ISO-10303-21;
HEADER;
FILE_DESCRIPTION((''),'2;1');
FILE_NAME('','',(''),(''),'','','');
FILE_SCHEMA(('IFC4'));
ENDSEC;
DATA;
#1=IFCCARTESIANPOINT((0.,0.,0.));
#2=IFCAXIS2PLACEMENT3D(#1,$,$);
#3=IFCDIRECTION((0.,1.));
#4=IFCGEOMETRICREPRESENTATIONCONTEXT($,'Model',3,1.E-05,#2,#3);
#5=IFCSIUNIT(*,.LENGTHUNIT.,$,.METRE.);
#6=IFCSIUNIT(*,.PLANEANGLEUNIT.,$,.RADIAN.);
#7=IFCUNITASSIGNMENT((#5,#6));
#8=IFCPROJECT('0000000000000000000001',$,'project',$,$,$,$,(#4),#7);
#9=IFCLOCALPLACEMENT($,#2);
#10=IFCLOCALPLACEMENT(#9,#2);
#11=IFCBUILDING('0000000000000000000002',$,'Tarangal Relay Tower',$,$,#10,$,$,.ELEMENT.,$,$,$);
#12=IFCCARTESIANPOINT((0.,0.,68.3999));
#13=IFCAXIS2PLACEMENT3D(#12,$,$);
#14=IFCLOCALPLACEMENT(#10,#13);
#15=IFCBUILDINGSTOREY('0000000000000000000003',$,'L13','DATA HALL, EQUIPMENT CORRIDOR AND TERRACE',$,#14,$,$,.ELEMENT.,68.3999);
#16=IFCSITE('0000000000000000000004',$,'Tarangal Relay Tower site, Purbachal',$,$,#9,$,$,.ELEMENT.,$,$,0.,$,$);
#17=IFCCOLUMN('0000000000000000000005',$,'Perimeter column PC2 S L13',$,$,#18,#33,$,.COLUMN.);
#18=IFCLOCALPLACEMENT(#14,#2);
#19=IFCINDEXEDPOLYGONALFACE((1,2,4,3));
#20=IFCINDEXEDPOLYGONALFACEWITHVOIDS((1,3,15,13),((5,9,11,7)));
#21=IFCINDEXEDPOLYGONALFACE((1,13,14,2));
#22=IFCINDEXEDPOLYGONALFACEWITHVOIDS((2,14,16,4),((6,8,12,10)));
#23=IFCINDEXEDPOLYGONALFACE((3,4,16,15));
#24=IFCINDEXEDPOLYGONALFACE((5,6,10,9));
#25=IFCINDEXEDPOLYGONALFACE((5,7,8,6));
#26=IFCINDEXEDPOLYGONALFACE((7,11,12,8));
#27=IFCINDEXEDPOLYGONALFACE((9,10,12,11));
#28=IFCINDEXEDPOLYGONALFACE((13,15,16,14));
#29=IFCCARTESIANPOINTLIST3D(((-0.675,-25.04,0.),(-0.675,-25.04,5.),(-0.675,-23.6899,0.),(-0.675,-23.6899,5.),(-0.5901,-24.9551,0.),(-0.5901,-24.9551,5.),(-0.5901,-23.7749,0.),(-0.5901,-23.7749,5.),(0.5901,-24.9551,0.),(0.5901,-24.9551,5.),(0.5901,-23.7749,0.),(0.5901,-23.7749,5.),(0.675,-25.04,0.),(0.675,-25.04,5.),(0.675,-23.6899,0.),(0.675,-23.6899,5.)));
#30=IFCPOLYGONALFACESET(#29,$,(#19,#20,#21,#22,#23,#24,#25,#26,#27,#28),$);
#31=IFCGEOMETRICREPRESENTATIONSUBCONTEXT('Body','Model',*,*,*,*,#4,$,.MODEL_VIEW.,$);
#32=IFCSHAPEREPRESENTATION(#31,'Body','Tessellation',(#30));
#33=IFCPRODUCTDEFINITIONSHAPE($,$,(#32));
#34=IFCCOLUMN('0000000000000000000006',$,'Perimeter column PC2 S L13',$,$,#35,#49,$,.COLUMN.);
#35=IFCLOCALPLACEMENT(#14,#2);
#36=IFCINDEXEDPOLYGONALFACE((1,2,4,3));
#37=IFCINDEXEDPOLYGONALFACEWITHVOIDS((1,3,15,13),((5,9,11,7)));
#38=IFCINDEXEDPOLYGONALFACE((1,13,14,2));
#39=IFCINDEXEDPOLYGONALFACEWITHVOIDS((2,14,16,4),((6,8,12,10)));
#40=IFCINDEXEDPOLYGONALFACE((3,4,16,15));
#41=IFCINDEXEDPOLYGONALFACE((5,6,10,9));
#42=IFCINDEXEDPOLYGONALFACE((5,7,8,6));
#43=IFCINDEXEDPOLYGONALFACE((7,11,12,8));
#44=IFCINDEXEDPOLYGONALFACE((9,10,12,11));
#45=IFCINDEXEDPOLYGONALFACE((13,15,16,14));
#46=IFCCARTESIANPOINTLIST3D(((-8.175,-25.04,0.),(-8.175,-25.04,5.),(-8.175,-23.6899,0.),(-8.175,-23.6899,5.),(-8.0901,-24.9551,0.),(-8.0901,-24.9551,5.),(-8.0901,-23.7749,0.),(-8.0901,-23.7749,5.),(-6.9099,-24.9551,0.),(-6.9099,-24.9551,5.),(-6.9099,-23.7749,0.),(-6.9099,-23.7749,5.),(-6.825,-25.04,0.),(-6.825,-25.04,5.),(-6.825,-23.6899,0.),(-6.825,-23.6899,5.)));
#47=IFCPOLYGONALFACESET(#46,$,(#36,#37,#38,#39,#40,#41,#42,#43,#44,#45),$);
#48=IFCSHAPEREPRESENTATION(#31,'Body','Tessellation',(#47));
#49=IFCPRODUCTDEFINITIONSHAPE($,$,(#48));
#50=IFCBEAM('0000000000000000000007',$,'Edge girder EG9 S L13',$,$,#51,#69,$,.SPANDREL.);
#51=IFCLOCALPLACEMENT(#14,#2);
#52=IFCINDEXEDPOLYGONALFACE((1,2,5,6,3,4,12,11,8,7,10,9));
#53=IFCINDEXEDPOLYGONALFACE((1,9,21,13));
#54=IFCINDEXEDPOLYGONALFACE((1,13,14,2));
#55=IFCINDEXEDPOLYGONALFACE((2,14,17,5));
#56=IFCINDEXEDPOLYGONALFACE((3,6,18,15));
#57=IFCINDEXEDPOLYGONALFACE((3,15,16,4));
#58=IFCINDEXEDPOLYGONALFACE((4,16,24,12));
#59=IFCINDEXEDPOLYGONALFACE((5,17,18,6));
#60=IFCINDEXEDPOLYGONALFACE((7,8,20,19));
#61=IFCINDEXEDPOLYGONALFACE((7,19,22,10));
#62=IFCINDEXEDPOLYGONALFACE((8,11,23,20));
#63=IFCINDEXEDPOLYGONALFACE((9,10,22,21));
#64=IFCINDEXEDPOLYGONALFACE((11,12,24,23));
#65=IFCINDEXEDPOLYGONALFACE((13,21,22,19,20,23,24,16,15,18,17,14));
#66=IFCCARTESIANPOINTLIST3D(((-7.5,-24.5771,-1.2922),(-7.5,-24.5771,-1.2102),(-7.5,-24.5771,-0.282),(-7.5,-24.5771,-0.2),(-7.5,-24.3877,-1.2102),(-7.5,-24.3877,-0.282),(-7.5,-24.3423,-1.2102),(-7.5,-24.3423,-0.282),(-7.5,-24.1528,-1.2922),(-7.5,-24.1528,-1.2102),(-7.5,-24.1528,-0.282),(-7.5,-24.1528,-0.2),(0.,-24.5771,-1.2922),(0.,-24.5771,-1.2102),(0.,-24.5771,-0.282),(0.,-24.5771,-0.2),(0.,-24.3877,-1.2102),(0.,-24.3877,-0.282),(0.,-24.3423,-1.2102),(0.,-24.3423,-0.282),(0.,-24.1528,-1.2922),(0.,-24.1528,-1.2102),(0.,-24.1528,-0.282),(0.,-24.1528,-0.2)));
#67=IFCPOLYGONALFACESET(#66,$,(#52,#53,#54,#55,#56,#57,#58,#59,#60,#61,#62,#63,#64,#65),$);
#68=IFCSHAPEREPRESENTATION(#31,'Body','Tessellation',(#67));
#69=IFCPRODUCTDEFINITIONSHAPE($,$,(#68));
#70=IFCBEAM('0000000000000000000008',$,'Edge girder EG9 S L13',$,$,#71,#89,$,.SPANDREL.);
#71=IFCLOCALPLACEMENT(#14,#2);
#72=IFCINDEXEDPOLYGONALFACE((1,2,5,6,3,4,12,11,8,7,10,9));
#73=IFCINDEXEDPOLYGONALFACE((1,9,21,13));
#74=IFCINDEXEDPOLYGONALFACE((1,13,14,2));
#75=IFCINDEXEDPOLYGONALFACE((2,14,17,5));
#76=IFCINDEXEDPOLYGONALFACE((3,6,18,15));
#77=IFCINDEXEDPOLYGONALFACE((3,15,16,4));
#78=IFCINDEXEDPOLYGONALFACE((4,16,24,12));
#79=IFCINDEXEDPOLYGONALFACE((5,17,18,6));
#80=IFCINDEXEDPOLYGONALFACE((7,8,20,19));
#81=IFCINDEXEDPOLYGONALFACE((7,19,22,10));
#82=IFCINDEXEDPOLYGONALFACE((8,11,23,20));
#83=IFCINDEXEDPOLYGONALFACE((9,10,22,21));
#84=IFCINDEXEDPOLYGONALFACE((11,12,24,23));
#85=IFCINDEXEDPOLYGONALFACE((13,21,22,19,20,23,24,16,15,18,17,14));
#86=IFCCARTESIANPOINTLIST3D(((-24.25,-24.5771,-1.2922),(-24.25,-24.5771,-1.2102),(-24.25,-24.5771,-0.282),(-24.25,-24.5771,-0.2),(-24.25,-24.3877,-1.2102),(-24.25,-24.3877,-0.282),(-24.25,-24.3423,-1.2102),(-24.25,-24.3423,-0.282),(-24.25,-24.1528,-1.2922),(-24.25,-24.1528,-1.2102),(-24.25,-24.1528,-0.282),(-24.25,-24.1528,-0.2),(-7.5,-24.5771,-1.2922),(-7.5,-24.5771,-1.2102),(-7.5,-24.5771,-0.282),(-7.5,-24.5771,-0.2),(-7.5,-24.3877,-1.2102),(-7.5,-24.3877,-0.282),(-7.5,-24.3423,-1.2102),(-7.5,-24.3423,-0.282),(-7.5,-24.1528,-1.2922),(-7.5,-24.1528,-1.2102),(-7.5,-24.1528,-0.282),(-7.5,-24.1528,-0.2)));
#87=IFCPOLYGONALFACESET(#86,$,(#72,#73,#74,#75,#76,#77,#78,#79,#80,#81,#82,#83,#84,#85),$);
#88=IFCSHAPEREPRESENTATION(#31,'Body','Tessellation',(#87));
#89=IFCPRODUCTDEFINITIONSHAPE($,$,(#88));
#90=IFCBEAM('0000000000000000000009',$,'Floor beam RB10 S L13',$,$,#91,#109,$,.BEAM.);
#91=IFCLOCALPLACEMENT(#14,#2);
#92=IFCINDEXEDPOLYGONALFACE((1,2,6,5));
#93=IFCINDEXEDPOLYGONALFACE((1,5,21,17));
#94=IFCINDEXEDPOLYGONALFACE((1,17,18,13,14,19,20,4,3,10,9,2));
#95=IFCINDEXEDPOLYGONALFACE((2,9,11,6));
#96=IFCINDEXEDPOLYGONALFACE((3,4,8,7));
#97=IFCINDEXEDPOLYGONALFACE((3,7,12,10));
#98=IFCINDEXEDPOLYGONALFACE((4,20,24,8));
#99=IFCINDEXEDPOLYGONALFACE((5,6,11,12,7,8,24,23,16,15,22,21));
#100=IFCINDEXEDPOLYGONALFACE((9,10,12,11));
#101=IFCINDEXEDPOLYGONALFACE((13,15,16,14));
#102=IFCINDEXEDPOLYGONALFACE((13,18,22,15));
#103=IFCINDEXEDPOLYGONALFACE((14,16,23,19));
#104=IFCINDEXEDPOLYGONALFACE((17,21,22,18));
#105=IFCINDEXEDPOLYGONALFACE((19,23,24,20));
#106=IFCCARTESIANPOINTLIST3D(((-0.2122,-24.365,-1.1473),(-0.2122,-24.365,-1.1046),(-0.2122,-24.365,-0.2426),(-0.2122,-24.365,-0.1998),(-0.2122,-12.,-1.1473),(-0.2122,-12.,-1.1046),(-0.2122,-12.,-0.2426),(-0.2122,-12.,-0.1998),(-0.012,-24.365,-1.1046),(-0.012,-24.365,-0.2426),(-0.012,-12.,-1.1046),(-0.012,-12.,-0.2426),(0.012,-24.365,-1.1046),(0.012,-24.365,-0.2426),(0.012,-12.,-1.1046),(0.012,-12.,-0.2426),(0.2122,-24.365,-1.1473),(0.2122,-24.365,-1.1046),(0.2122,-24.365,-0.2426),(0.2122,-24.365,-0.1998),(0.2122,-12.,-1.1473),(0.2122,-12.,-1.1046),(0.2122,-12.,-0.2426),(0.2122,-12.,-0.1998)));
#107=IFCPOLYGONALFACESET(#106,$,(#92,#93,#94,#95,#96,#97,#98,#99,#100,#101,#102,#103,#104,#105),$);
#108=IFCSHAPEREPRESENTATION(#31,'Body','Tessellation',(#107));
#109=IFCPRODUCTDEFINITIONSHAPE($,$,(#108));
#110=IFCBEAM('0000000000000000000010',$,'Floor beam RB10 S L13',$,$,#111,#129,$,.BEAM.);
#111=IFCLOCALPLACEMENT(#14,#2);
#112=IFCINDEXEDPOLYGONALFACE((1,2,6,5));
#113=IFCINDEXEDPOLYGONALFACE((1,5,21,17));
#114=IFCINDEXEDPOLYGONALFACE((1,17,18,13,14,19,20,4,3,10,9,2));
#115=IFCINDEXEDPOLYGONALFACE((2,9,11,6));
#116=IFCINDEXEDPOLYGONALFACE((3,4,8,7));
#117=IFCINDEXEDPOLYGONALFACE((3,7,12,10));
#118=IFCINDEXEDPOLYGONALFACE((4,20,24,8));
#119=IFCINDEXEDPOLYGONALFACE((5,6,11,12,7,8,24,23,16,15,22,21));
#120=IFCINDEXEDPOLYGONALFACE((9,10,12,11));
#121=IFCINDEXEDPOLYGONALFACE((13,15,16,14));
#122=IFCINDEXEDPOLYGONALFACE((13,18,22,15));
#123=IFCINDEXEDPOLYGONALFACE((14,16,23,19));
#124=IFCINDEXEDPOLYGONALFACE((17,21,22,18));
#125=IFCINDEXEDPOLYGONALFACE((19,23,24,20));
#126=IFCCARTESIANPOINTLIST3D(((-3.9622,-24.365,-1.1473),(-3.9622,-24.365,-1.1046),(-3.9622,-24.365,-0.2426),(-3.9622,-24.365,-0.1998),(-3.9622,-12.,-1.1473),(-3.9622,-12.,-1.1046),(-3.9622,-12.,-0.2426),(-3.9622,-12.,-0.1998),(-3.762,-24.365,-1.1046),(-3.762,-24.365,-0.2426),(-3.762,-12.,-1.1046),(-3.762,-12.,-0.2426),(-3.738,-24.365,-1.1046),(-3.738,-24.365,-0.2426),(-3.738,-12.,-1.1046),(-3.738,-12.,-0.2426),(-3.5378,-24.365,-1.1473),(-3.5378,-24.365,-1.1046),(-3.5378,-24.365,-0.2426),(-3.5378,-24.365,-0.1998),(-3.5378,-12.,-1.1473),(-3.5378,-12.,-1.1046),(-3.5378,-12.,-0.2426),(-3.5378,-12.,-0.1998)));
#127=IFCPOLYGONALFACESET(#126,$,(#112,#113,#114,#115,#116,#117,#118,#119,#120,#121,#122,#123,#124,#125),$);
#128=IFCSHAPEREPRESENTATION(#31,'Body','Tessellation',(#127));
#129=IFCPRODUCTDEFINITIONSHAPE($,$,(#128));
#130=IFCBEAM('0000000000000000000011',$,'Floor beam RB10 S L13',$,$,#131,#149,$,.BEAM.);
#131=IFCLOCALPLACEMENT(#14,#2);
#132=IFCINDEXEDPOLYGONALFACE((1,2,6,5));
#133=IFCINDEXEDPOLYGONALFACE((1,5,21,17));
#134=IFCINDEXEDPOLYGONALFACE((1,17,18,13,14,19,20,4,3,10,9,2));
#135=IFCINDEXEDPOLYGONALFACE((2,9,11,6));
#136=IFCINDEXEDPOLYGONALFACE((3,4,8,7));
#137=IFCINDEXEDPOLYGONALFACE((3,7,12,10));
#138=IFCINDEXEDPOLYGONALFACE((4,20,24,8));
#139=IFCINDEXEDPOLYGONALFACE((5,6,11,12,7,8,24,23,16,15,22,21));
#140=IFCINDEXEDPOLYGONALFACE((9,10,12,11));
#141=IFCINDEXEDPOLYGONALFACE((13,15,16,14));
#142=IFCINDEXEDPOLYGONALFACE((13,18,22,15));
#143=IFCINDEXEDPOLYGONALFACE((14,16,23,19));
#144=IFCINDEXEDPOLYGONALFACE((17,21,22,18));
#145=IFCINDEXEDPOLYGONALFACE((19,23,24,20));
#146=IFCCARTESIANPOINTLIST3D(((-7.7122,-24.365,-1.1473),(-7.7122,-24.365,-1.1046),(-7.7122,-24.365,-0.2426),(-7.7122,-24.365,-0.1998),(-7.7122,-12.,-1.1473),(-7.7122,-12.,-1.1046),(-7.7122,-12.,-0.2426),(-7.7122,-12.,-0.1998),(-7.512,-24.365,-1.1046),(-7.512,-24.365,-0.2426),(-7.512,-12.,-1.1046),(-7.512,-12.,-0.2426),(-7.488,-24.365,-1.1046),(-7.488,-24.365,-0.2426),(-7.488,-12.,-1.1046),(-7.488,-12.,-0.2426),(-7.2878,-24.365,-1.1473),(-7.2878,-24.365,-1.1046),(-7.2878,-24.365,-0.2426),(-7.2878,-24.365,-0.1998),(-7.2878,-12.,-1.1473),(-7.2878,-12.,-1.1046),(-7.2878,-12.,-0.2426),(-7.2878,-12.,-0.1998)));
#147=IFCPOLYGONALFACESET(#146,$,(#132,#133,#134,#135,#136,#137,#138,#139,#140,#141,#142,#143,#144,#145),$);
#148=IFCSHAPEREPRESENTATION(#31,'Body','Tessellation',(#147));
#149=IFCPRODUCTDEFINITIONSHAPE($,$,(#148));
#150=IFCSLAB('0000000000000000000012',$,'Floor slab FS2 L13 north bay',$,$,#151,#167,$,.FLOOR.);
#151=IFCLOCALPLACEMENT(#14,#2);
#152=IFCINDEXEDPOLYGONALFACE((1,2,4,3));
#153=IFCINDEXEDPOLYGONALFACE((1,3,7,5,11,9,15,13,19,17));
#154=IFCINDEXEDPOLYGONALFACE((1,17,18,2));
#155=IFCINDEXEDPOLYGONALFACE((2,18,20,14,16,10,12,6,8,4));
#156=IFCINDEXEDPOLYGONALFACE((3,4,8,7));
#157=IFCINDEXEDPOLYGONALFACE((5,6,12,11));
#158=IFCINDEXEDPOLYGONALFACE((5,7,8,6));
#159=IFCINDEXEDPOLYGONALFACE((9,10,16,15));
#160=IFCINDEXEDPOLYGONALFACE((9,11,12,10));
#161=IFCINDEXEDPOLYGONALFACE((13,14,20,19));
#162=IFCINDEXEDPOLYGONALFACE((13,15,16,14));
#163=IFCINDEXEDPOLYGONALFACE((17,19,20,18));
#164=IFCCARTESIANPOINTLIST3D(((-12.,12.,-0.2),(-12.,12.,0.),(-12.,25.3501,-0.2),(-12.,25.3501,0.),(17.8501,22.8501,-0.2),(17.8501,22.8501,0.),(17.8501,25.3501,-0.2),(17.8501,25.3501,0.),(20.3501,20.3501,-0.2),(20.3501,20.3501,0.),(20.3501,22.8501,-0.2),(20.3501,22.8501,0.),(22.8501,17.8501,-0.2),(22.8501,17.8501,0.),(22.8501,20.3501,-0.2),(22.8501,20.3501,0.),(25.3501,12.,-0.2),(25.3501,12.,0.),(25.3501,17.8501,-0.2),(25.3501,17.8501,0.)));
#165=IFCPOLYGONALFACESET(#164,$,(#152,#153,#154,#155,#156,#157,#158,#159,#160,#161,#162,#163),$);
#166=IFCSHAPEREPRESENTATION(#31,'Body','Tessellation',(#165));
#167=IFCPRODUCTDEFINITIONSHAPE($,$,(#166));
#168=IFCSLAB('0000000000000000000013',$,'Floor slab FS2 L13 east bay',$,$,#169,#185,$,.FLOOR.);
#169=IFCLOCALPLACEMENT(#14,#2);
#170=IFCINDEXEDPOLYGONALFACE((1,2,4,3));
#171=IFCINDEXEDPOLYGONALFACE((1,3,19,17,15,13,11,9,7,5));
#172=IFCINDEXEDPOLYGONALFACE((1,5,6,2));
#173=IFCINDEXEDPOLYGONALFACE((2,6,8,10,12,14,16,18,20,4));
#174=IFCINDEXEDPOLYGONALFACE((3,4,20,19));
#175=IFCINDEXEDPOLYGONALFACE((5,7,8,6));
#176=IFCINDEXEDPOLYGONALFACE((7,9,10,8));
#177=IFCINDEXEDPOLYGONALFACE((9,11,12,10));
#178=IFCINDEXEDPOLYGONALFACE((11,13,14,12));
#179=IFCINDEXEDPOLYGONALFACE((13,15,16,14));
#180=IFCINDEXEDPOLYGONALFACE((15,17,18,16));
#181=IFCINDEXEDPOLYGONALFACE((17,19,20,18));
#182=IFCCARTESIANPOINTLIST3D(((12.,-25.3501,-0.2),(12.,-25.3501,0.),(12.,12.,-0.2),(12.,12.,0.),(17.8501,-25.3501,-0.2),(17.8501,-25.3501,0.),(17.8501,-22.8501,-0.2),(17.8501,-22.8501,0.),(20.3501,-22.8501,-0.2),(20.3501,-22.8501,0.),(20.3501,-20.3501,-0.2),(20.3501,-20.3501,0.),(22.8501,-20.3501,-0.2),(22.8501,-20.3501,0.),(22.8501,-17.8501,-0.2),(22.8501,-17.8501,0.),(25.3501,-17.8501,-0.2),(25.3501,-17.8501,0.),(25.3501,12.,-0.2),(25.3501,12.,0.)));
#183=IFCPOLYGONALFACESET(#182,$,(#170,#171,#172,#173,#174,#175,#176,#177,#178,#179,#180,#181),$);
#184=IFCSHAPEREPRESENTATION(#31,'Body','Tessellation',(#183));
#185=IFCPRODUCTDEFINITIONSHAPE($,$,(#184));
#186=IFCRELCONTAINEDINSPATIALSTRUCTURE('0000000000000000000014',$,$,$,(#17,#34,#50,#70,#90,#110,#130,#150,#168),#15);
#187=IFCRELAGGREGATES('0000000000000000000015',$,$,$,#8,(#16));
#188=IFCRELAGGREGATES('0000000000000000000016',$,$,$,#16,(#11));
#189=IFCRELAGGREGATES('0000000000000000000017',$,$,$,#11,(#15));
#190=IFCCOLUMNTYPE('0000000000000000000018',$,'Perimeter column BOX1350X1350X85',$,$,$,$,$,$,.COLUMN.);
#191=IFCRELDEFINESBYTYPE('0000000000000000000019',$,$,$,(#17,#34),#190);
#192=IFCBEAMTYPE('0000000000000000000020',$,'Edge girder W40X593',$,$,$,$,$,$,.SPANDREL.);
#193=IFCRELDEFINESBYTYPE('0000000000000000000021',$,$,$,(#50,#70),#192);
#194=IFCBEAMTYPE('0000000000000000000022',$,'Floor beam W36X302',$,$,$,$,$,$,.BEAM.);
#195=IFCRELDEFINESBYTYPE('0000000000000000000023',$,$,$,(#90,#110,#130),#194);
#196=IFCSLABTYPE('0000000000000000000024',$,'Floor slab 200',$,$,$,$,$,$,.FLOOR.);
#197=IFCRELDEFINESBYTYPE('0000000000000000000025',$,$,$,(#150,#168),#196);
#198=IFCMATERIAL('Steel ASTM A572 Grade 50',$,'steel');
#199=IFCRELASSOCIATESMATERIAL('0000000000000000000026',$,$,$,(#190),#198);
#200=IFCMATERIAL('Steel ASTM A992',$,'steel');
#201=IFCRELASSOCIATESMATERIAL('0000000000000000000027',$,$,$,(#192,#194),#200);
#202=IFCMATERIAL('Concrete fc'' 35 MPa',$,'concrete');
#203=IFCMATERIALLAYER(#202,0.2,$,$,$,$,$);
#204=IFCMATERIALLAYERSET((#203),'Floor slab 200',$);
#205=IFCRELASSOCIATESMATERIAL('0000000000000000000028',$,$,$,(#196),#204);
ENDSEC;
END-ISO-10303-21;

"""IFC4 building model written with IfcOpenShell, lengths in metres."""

from ifc_helpers import new_model, si_unit, direction, frame, origin, origin_2d, place, context, subcontext, project, spatial, polyline, hollow_rectangle, i_section, outline, extrude, material, layer, layer_set, material_profile, profile_set, type_object, element, save


model = new_model("IFC4")

# Units and contexts
model_context = context("Model", 3, precision=1e-05, world=origin(), true_north=direction((0.0, 1.0)))
body_context = subcontext(model_context, "Body", "Model", "MODEL_VIEW")
ifc_project = project(units=[si_unit("LENGTHUNIT", "METRE"), si_unit("PLANEANGLEUNIT", "RADIAN")], contexts=[model_context])

# Site, building, storey
site_placement = place(None, origin())
site = spatial("IfcSite", under=ifc_project, at=site_placement, Name="Tarangal Relay Tower site, Purbachal", CompositionType="ELEMENT", RefElevation=0.0)
building_placement = place(site_placement, origin())
building = spatial("IfcBuilding", under=site, at=building_placement, Name="Tarangal Relay Tower", CompositionType="ELEMENT")
storey_placement = place(building_placement, frame((0.0, 0.0, 68.3999)))
storey = spatial("IfcBuildingStorey", under=building, at=storey_placement, Name="L13", Description="DATA HALL, EQUIPMENT CORRIDOR AND TERRACE", CompositionType="ELEMENT", Elevation=68.3999)

# Columns
ifc_material_1 = material(Name="Steel ASTM A572 Grade 50", Category="steel")
ifc_material_profile_1 = material_profile(ifc_material_1, hollow_rectangle(XDim=1.3501, YDim=1.3501, WallThickness=0.085, at=origin_2d()), Name="BOX1350X1350X85")
ifc_profile_set_1 = profile_set([ifc_material_profile_1], Name="Steel ASTM A572 Grade 50")
column_type = type_object("IfcColumnType", Name="Perimeter column BOX1350X1350X85", PredefinedType="COLUMN", material=ifc_profile_set_1)
for number, where, z_axis, x_axis, name in (
    (1, (0.0, -24.365, 0.0), (0.0, 0.0, 1.0), (1.0, 0.0, 0.0), "Perimeter column PC2 S L13"),
    (2, (-7.5, -24.365, 0.0), (0.0, 0.0, 1.0), (1.0, 0.0, 0.0), "Perimeter column PC2 S L13"),
):
    element("IfcColumn", number, at=place(storey_placement, frame(where, z_axis=z_axis, x_axis=x_axis)), inside=storey, type_object=column_type, Name=name, PredefinedType="COLUMN", context=body_context, shape_type="SweptSolid", body=[
        extrude(hollow_rectangle(XDim=1.3501, YDim=1.3501, WallThickness=0.085, at=origin_2d()), origin(), (0.0, 0.0, 1.0), 5.0),
    ])

# Beams
ifc_material_2 = material(Name="Steel ASTM A992", Category="steel")
ifc_material_profile_2 = material_profile(ifc_material_2, i_section(OverallWidth=0.4243, OverallDepth=1.0923, WebThickness=0.0454, FlangeThickness=0.082, at=origin_2d()), Name="W40X593")
ifc_profile_set_2 = profile_set([ifc_material_profile_2], Name="Steel ASTM A992")
beam_type_1 = type_object("IfcBeamType", Name="Edge girder W40X593", PredefinedType="SPANDREL", material=ifc_profile_set_2)
beam_1_placement = place(storey_placement, frame((0.0, -24.365, -0.7461), z_axis=(-1.0, 0.0, 0.0), x_axis=(0.0, -1.0, 0.0)))
element("IfcBeam", 3, at=beam_1_placement, inside=storey, type_object=beam_type_1, Name="Edge girder EG9 S L13", PredefinedType="SPANDREL", context=body_context, shape_type="SweptSolid", body=[
    extrude(i_section(OverallWidth=0.4243, OverallDepth=1.0923, WebThickness=0.0454, FlangeThickness=0.082, at=origin_2d()), origin(), (0.0, 0.0, 1.0), 7.5),
])
beam_2_placement = place(storey_placement, frame((-7.5, -24.365, -0.7461), z_axis=(-1.0, 0.0, 0.0), x_axis=(0.0, -1.0, 0.0)))
element("IfcBeam", 4, at=beam_2_placement, inside=storey, type_object=beam_type_1, Name="Edge girder EG9 S L13", PredefinedType="SPANDREL", context=body_context, shape_type="SweptSolid", body=[
    extrude(i_section(OverallWidth=0.4243, OverallDepth=1.0923, WebThickness=0.0454, FlangeThickness=0.082, at=origin_2d()), origin(), (0.0, 0.0, 1.0), 16.75),
])
ifc_material_profile_3 = material_profile(ifc_material_2, i_section(OverallWidth=0.4243, OverallDepth=0.9475, WebThickness=0.0239, FlangeThickness=0.0427, at=origin_2d()), Name="W36X302")
ifc_profile_set_3 = profile_set([ifc_material_profile_3], Name="Steel ASTM A992")
beam_type_2 = type_object("IfcBeamType", Name="Floor beam W36X302", PredefinedType="BEAM", material=ifc_profile_set_3)
for number, where, z_axis, x_axis, name in (
    (5, (0.0, -12.0, -0.6736), (0.0, -1.0, 0.0), (1.0, 0.0, 0.0), "Floor beam RB10 S L13"),
    (6, (-3.75, -12.0, -0.6736), (0.0, -1.0, 0.0), (1.0, 0.0, 0.0), "Floor beam RB10 S L13"),
    (7, (-7.5, -12.0, -0.6736), (0.0, -1.0, 0.0), (1.0, 0.0, 0.0), "Floor beam RB10 S L13"),
):
    element("IfcBeam", number, at=place(storey_placement, frame(where, z_axis=z_axis, x_axis=x_axis)), inside=storey, type_object=beam_type_2, Name=name, PredefinedType="BEAM", context=body_context, shape_type="SweptSolid", body=[
        extrude(i_section(OverallWidth=0.4243, OverallDepth=0.9475, WebThickness=0.0239, FlangeThickness=0.0427, at=origin_2d()), origin(), (0.0, 0.0, 1.0), 12.365),
    ])

# Slabs
ifc_material_3 = material(Name="Concrete fc' 35 MPa", Category="concrete")
ifc_layer_1 = layer(ifc_material_3, 0.2)
ifc_layer_set_1 = layer_set([ifc_layer_1], Name="Floor slab 200")
slab_type_1 = type_object("IfcSlabType", Name="Floor slab 200", PredefinedType="FLOOR", material=ifc_layer_set_1)
slab_1_placement = place(storey_placement, frame((0.0, 0.0, -0.2)))
element("IfcSlab", 8, at=slab_1_placement, inside=storey, type_object=slab_type_1, Name="Floor slab FS2 L13 north bay", PredefinedType="FLOOR", context=body_context, shape_type="SweptSolid", body=[
    extrude(outline(polyline([(17.8501, 25.3501), (17.8501, 22.8501), (20.3501, 22.8501), (20.3501, 20.3501), (22.8501, 20.3501), (22.8501, 17.8501), (25.3501, 17.8501), (25.3501, 12.0), (-12.0, 12.0), (-12.0, 25.3501), (17.8501, 25.3501)])), origin(), (0.0, 0.0, 1.0), 0.2),
])
slab_2_placement = place(storey_placement, frame((0.0, 0.0, -0.2)))
element("IfcSlab", 9, at=slab_2_placement, inside=storey, type_object=slab_type_1, Name="Floor slab FS2 L13 east bay", PredefinedType="FLOOR", context=body_context, shape_type="SweptSolid", body=[
    extrude(outline(polyline([(25.3501, -17.8501), (22.8501, -17.8501), (22.8501, -20.3501), (20.3501, -20.3501), (20.3501, -22.8501), (17.8501, -22.8501), (17.8501, -25.3501), (12.0, -25.3501), (12.0, 12.0), (25.3501, 12.0), (25.3501, -17.8501)])), origin(), (0.0, 0.0, 1.0), 0.2),
])

save(model, "model.ifc")
